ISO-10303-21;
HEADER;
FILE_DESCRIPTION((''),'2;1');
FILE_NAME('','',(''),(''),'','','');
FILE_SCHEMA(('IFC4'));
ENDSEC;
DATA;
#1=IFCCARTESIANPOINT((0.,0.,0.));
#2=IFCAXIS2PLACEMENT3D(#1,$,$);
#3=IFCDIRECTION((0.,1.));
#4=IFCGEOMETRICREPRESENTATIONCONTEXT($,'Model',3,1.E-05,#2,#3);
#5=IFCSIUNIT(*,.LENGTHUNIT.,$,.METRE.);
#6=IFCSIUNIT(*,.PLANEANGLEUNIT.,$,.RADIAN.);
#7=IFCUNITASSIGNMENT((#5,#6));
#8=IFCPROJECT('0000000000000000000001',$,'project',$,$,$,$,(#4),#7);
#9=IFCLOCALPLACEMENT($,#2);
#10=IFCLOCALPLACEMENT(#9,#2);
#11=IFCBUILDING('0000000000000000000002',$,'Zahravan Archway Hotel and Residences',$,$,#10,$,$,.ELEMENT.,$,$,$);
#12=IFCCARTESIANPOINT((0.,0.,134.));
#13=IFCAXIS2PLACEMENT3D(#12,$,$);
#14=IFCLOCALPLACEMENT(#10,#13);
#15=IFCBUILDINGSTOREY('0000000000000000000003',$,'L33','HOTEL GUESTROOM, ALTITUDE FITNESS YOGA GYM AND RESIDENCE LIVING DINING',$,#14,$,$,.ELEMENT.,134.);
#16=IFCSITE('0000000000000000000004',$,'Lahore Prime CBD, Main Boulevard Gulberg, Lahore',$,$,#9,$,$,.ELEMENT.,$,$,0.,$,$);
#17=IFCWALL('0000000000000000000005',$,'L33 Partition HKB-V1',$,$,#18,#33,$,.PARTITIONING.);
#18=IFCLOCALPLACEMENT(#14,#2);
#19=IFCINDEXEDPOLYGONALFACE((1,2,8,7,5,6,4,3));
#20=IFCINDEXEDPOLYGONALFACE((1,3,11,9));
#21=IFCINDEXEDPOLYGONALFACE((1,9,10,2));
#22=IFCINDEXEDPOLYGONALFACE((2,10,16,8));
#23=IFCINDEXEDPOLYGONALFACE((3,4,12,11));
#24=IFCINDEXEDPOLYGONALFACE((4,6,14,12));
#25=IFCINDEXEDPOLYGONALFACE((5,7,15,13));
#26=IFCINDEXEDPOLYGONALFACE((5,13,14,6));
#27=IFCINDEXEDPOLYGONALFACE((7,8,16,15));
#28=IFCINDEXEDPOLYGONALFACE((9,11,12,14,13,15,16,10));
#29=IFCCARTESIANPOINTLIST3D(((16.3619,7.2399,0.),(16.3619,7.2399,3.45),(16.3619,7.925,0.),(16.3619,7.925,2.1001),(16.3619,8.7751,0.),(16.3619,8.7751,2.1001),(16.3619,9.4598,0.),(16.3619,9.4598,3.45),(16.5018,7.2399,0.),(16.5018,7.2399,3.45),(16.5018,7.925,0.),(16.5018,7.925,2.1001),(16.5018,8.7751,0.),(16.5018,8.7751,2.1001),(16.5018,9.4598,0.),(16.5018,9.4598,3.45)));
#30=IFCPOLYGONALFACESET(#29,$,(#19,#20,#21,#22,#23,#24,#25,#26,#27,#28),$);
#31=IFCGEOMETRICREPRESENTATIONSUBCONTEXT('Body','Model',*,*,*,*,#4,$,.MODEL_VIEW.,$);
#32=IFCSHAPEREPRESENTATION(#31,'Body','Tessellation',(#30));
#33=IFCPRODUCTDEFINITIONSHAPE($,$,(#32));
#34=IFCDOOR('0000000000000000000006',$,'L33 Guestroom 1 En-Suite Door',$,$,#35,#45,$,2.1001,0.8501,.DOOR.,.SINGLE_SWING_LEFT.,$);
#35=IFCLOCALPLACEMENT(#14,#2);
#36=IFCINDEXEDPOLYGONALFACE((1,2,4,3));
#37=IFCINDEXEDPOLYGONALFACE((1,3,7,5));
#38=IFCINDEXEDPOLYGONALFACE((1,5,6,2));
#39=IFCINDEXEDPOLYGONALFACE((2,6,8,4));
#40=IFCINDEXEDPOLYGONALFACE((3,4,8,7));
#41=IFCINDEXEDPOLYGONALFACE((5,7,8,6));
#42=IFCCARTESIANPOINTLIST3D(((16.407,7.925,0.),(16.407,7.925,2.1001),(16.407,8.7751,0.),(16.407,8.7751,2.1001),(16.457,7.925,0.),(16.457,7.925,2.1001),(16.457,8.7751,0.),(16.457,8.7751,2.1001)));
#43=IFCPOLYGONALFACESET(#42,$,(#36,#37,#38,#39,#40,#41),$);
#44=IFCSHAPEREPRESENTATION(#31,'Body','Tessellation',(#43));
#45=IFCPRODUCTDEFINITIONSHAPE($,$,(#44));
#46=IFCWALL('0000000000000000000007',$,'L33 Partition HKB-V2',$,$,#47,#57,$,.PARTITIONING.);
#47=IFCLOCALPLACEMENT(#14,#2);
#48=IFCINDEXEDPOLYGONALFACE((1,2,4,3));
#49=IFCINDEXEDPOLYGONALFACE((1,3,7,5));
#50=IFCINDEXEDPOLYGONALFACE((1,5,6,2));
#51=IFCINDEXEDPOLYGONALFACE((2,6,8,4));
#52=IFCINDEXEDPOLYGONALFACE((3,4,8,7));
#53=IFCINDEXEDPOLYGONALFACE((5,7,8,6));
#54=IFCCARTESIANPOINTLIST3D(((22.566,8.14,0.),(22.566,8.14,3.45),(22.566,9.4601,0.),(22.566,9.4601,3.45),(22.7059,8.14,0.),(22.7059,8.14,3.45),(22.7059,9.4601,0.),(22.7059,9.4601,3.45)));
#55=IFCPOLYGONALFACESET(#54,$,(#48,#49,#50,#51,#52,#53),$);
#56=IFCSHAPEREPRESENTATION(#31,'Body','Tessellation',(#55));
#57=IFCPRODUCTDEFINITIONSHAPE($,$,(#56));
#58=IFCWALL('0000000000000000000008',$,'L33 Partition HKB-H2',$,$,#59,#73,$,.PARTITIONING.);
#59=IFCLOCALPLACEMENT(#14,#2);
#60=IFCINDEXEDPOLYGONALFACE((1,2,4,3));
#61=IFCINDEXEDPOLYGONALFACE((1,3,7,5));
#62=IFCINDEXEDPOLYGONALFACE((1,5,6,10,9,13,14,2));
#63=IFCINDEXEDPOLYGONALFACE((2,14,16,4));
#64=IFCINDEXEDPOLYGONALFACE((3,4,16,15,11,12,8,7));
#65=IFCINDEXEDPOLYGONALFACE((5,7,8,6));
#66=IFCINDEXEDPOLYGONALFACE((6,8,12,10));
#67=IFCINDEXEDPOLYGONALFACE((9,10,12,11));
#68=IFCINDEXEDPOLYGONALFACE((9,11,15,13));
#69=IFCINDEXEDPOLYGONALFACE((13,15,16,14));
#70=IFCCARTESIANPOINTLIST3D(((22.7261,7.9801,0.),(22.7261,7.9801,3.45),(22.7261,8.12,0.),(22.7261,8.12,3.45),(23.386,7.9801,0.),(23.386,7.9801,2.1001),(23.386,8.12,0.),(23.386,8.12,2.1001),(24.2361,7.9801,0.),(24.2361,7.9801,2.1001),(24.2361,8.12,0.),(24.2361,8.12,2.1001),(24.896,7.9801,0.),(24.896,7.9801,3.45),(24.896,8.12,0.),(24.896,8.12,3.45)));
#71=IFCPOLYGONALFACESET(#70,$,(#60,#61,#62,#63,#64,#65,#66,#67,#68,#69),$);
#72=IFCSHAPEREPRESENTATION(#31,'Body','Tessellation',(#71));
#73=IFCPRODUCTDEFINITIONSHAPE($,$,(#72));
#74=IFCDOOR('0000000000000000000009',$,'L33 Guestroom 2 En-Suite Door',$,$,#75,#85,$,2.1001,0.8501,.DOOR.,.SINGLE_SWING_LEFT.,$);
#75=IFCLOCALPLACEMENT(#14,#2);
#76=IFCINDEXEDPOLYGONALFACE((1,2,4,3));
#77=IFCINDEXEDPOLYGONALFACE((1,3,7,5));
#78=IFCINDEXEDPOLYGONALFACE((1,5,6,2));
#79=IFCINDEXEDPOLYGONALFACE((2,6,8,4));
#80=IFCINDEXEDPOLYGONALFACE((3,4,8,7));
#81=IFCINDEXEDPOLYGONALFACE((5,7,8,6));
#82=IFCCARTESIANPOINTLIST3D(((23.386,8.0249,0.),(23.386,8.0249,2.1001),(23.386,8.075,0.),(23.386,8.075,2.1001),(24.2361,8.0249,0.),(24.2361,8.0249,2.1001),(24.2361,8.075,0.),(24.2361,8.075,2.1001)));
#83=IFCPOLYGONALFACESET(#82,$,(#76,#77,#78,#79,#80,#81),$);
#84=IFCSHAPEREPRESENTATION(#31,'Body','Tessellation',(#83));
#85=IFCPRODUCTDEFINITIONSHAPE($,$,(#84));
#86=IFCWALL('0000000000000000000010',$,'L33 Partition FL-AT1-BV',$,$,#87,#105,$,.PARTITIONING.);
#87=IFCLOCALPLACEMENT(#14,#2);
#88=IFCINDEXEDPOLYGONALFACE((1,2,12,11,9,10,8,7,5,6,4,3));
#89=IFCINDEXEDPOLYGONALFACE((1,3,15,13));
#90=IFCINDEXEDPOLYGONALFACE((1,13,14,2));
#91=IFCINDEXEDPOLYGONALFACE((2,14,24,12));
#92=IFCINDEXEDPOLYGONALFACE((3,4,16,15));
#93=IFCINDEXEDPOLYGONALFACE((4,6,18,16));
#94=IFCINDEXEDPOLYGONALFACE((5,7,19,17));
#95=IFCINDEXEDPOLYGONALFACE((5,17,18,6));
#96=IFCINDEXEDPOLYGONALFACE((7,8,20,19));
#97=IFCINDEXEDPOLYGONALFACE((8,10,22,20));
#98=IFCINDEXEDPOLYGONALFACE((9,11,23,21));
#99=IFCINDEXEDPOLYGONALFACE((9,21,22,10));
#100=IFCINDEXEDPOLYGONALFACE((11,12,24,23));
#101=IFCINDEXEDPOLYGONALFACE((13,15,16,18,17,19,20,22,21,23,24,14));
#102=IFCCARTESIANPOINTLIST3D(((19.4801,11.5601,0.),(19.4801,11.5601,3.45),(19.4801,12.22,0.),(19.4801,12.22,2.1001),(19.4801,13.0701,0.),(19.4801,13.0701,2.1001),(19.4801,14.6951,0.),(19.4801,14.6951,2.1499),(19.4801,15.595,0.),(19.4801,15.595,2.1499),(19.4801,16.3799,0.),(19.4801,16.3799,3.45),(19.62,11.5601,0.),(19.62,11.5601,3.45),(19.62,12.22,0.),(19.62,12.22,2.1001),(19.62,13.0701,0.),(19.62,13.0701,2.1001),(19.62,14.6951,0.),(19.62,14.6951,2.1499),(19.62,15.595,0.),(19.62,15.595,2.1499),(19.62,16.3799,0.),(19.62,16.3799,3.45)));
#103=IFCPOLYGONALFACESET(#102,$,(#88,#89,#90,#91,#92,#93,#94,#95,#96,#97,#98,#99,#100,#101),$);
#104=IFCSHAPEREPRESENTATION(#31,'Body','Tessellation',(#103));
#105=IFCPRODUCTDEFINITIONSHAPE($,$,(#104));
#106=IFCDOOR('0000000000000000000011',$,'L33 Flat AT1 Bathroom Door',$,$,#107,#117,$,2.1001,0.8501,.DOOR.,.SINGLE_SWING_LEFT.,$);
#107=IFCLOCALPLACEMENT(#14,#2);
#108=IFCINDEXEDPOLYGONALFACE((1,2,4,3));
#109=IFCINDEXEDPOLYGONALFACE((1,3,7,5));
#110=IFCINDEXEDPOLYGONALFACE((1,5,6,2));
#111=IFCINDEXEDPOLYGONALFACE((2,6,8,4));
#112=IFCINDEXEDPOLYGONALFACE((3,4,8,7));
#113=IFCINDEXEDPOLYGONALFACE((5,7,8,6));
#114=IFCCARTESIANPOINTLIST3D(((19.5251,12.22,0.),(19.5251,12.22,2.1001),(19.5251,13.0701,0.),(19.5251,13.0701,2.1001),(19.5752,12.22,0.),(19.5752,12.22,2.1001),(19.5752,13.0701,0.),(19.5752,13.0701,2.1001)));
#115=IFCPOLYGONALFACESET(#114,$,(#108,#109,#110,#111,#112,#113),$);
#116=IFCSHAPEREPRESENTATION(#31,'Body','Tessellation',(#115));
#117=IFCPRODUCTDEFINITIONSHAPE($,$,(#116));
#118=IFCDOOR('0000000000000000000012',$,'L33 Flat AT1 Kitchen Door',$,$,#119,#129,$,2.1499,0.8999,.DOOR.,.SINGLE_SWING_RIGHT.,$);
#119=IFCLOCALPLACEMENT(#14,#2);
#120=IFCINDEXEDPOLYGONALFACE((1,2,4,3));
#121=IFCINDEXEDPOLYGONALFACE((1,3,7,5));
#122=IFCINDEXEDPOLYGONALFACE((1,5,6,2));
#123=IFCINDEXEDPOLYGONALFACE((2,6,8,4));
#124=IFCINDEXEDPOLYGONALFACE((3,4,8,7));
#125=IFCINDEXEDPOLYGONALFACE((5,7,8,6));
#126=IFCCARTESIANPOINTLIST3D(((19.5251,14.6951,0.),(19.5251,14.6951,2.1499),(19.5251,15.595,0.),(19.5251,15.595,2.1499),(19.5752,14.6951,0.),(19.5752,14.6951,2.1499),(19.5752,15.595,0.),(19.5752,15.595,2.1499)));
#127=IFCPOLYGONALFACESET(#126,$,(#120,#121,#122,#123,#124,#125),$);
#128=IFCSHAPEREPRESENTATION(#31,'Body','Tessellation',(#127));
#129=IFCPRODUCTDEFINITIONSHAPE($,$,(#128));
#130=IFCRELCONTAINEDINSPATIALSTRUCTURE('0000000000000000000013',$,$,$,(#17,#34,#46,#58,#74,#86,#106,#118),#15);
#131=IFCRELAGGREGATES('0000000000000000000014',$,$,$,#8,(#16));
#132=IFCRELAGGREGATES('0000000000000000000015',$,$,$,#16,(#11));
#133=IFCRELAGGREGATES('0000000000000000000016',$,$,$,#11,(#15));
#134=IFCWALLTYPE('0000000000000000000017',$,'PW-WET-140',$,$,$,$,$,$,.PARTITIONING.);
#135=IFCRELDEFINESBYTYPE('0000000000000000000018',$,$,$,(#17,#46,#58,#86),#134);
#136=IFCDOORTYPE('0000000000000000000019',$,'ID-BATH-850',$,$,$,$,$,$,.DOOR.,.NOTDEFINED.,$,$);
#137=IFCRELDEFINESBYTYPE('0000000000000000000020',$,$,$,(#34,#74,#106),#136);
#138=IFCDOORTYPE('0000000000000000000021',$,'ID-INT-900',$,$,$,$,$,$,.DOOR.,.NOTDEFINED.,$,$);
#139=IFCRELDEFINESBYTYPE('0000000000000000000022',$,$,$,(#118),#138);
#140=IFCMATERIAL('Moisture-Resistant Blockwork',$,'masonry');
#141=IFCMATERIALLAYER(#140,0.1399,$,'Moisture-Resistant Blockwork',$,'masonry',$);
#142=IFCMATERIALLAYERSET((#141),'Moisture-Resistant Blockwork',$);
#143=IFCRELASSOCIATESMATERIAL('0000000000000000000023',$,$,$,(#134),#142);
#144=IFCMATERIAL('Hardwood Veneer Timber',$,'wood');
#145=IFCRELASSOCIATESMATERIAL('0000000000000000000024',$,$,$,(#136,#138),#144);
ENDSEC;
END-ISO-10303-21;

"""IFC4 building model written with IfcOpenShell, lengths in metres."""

from ifc_helpers import new_model, si_unit, direction, frame, frame_2d, origin, place, context, subcontext, project, spatial, rectangle, extrude, source, transform, mapped, material, layer, layer_set, type_object, type_shapes, element, fill, save


model = new_model("IFC4")

# Units and contexts
model_context = context("Model", 3, precision=1e-05, world=origin(), true_north=direction((0.0, 1.0)))
body_context = subcontext(model_context, "Body", "Model", "MODEL_VIEW")
ifc_project = project(units=[si_unit("LENGTHUNIT", "METRE"), si_unit("PLANEANGLEUNIT", "RADIAN")], contexts=[model_context])

# Site, building, storey
site_placement = place(None, origin())
site = spatial("IfcSite", under=ifc_project, at=site_placement, Name="Lahore Prime CBD, Main Boulevard Gulberg, Lahore", CompositionType="ELEMENT", RefElevation=0.0)
building_placement = place(site_placement, origin())
building = spatial("IfcBuilding", under=site, at=building_placement, Name="Zahravan Archway Hotel and Residences", CompositionType="ELEMENT")
storey_placement = place(building_placement, frame((0.0, 0.0, 134.0)))
storey = spatial("IfcBuildingStorey", under=building, at=storey_placement, Name="L33", Description="HOTEL GUESTROOM, ALTITUDE FITNESS YOGA GYM AND RESIDENCE LIVING DINING", CompositionType="ELEMENT", Elevation=134.0)

# Shared definitions
ifc_material_1 = material(Name="Hardwood Veneer Timber", Category="wood")

# Wall, opening, door
ifc_material_2 = material(Name="Moisture-Resistant Blockwork", Category="masonry")
ifc_layer_1 = layer(ifc_material_2, 0.1399, Name="Moisture-Resistant Blockwork", Category="masonry")
ifc_layer_set_1 = layer_set([ifc_layer_1], Name="Moisture-Resistant Blockwork")
wall_type_1 = type_object("IfcWallType", Name="PW-WET-140", PredefinedType="PARTITIONING", material=ifc_layer_set_1)
wall_1_placement = place(storey_placement, frame((16.4319, 7.24, 0.0), z_axis=(0.0, 0.0, 1.0), x_axis=(0.0, 1.0, 0.0)))
wall_1 = element("IfcWall", 1, at=wall_1_placement, inside=storey, type_object=wall_type_1, Name="L33 Partition HKB-V1", PredefinedType="PARTITIONING", context=body_context, shape_type="SweptSolid", body=[
    extrude(rectangle(XDim=2.22, YDim=0.1399, at=frame_2d((1.1099, 0.0))), origin(), (0.0, 0.0, 1.0), 3.45),
])
opening_1_placement = place(wall_1_placement, frame((0.6851, 0.0, 0.0)))
opening_1 = element("IfcOpeningElement", 2, at=opening_1_placement, cuts=wall_1, PredefinedType="OPENING", context=body_context, shape_type="SweptSolid", body=[
    extrude(rectangle(XDim=0.8501, YDim=2.1001, at=frame_2d((0.425, 1.05))), frame((0.0, 0.0801, 0.0), z_axis=(0.0, -1.0, 0.0), x_axis=(1.0, 0.0, 0.0)), (0.0, 0.0, 1.0), 0.1599),
])
door_type_1 = type_object("IfcDoorType", Name="ID-BATH-850", OperationType="NOTDEFINED", PredefinedType="DOOR", material=ifc_material_1)
shared_shape_1 = source(origin(), body_context, "Body", "SweptSolid", [
    extrude(rectangle(XDim=0.8501, YDim=2.1001, at=frame_2d((0.425, 1.05))), frame((0.0, 0.0249, 0.0), z_axis=(0.0, -1.0, 0.0), x_axis=(1.0, 0.0, 0.0)), (0.0, 0.0, 1.0), 0.05),
])
type_shapes(door_type_1, [shared_shape_1])
door_1_placement = place(opening_1_placement, origin())
door_1 = element("IfcDoor", 3, at=door_1_placement, inside=storey, type_object=door_type_1, Name="L33 Guestroom 1 En-Suite Door", OperationType="SINGLE_SWING_LEFT", OverallHeight=2.1001, OverallWidth=0.8501, PredefinedType="DOOR", context=body_context, shape_type="MappedRepresentation", body=[
    mapped(shared_shape_1, transform((0.0, 0.0, 0.0), scale=1.0)),
])
fill(opening_1, door_1)

# Wall
wall_2_placement = place(storey_placement, frame((22.636, 8.1399, 0.0), z_axis=(0.0, 0.0, 1.0), x_axis=(0.0, 1.0, 0.0)))
element("IfcWall", 4, at=wall_2_placement, inside=storey, type_object=wall_type_1, Name="L33 Partition HKB-V2", PredefinedType="PARTITIONING", context=body_context, shape_type="SweptSolid", body=[
    extrude(rectangle(XDim=1.3201, YDim=0.1399, at=frame_2d((0.6602, 0.0))), origin(), (0.0, 0.0, 1.0), 3.45),
])

# Wall, opening, door
wall_3_placement = place(storey_placement, frame((22.7261, 8.05, 0.0), z_axis=(0.0, 0.0, 1.0), x_axis=(1.0, 0.0, 0.0)))
wall_3 = element("IfcWall", 5, at=wall_3_placement, inside=storey, type_object=wall_type_1, Name="L33 Partition HKB-H2", PredefinedType="PARTITIONING", context=body_context, shape_type="SweptSolid", body=[
    extrude(rectangle(XDim=2.1699, YDim=0.1399, at=frame_2d((1.085, 0.0))), origin(), (0.0, 0.0, 1.0), 3.45),
])
opening_2_placement = place(wall_3_placement, frame((0.6599, 0.0, 0.0)))
opening_2 = element("IfcOpeningElement", 6, at=opening_2_placement, cuts=wall_3, PredefinedType="OPENING", context=body_context, shape_type="SweptSolid", body=[
    extrude(rectangle(XDim=0.8501, YDim=2.1001, at=frame_2d((0.425, 1.05))), frame((0.0, 0.0801, 0.0), z_axis=(0.0, -1.0, 0.0), x_axis=(1.0, 0.0, 0.0)), (0.0, 0.0, 1.0), 0.1599),
])
door_2_placement = place(opening_2_placement, origin())
door_2 = element("IfcDoor", 7, at=door_2_placement, inside=storey, type_object=door_type_1, Name="L33 Guestroom 2 En-Suite Door", OperationType="SINGLE_SWING_LEFT", OverallHeight=2.1001, OverallWidth=0.8501, PredefinedType="DOOR", context=body_context, shape_type="MappedRepresentation", body=[
    mapped(shared_shape_1, transform((0.0, 0.0, 0.0), scale=1.0)),
])
fill(opening_2, door_2)

# Wall, openings, doors
wall_4_placement = place(storey_placement, frame((19.55, 11.5601, 0.0), z_axis=(0.0, 0.0, 1.0), x_axis=(0.0, 1.0, 0.0)))
wall_4 = element("IfcWall", 8, at=wall_4_placement, inside=storey, type_object=wall_type_1, Name="L33 Partition FL-AT1-BV", PredefinedType="PARTITIONING", context=body_context, shape_type="SweptSolid", body=[
    extrude(rectangle(XDim=4.8198, YDim=0.1399, at=frame_2d((2.4099, 0.0))), origin(), (0.0, 0.0, 1.0), 3.45),
])
opening_3_placement = place(wall_4_placement, frame((0.6599, 0.0, 0.0)))
opening_3 = element("IfcOpeningElement", 9, at=opening_3_placement, cuts=wall_4, PredefinedType="OPENING", context=body_context, shape_type="SweptSolid", body=[
    extrude(rectangle(XDim=0.8501, YDim=2.1001, at=frame_2d((0.425, 1.05))), frame((0.0, 0.0801, 0.0), z_axis=(0.0, -1.0, 0.0), x_axis=(1.0, 0.0, 0.0)), (0.0, 0.0, 1.0), 0.1599),
])
opening_4_placement = place(wall_4_placement, frame((3.135, 0.0, 0.0)))
opening_4 = element("IfcOpeningElement", 10, at=opening_4_placement, cuts=wall_4, PredefinedType="OPENING", context=body_context, shape_type="SweptSolid", body=[
    extrude(rectangle(XDim=0.8999, YDim=2.1499, at=frame_2d((0.45, 1.075))), frame((0.0, 0.0801, 0.0), z_axis=(0.0, -1.0, 0.0), x_axis=(1.0, 0.0, 0.0)), (0.0, 0.0, 1.0), 0.1599),
])
door_3_placement = place(opening_3_placement, origin())
door_3 = element("IfcDoor", 11, at=door_3_placement, inside=storey, type_object=door_type_1, Name="L33 Flat AT1 Bathroom Door", OperationType="SINGLE_SWING_LEFT", OverallHeight=2.1001, OverallWidth=0.8501, PredefinedType="DOOR", context=body_context, shape_type="MappedRepresentation", body=[
    mapped(shared_shape_1, transform((0.0, 0.0, 0.0), scale=1.0)),
])
fill(opening_3, door_3)
door_type_2 = type_object("IfcDoorType", Name="ID-INT-900", OperationType="NOTDEFINED", PredefinedType="DOOR", material=ifc_material_1)
shared_shape_2 = source(origin(), body_context, "Body", "SweptSolid", [
    extrude(rectangle(XDim=0.8999, YDim=2.1499, at=frame_2d((0.45, 1.075))), frame((0.0, 0.0249, 0.0), z_axis=(0.0, -1.0, 0.0), x_axis=(1.0, 0.0, 0.0)), (0.0, 0.0, 1.0), 0.05),
])
type_shapes(door_type_2, [shared_shape_2])
door_4_placement = place(opening_4_placement, origin())
door_4 = element("IfcDoor", 12, at=door_4_placement, inside=storey, type_object=door_type_2, Name="L33 Flat AT1 Kitchen Door", OperationType="SINGLE_SWING_RIGHT", OverallHeight=2.1499, OverallWidth=0.8999, PredefinedType="DOOR", context=body_context, shape_type="MappedRepresentation", body=[
    mapped(shared_shape_2, transform((0.0, 0.0, 0.0), scale=1.0)),
])
fill(opening_4, door_4)

save(model, "model.ifc")
